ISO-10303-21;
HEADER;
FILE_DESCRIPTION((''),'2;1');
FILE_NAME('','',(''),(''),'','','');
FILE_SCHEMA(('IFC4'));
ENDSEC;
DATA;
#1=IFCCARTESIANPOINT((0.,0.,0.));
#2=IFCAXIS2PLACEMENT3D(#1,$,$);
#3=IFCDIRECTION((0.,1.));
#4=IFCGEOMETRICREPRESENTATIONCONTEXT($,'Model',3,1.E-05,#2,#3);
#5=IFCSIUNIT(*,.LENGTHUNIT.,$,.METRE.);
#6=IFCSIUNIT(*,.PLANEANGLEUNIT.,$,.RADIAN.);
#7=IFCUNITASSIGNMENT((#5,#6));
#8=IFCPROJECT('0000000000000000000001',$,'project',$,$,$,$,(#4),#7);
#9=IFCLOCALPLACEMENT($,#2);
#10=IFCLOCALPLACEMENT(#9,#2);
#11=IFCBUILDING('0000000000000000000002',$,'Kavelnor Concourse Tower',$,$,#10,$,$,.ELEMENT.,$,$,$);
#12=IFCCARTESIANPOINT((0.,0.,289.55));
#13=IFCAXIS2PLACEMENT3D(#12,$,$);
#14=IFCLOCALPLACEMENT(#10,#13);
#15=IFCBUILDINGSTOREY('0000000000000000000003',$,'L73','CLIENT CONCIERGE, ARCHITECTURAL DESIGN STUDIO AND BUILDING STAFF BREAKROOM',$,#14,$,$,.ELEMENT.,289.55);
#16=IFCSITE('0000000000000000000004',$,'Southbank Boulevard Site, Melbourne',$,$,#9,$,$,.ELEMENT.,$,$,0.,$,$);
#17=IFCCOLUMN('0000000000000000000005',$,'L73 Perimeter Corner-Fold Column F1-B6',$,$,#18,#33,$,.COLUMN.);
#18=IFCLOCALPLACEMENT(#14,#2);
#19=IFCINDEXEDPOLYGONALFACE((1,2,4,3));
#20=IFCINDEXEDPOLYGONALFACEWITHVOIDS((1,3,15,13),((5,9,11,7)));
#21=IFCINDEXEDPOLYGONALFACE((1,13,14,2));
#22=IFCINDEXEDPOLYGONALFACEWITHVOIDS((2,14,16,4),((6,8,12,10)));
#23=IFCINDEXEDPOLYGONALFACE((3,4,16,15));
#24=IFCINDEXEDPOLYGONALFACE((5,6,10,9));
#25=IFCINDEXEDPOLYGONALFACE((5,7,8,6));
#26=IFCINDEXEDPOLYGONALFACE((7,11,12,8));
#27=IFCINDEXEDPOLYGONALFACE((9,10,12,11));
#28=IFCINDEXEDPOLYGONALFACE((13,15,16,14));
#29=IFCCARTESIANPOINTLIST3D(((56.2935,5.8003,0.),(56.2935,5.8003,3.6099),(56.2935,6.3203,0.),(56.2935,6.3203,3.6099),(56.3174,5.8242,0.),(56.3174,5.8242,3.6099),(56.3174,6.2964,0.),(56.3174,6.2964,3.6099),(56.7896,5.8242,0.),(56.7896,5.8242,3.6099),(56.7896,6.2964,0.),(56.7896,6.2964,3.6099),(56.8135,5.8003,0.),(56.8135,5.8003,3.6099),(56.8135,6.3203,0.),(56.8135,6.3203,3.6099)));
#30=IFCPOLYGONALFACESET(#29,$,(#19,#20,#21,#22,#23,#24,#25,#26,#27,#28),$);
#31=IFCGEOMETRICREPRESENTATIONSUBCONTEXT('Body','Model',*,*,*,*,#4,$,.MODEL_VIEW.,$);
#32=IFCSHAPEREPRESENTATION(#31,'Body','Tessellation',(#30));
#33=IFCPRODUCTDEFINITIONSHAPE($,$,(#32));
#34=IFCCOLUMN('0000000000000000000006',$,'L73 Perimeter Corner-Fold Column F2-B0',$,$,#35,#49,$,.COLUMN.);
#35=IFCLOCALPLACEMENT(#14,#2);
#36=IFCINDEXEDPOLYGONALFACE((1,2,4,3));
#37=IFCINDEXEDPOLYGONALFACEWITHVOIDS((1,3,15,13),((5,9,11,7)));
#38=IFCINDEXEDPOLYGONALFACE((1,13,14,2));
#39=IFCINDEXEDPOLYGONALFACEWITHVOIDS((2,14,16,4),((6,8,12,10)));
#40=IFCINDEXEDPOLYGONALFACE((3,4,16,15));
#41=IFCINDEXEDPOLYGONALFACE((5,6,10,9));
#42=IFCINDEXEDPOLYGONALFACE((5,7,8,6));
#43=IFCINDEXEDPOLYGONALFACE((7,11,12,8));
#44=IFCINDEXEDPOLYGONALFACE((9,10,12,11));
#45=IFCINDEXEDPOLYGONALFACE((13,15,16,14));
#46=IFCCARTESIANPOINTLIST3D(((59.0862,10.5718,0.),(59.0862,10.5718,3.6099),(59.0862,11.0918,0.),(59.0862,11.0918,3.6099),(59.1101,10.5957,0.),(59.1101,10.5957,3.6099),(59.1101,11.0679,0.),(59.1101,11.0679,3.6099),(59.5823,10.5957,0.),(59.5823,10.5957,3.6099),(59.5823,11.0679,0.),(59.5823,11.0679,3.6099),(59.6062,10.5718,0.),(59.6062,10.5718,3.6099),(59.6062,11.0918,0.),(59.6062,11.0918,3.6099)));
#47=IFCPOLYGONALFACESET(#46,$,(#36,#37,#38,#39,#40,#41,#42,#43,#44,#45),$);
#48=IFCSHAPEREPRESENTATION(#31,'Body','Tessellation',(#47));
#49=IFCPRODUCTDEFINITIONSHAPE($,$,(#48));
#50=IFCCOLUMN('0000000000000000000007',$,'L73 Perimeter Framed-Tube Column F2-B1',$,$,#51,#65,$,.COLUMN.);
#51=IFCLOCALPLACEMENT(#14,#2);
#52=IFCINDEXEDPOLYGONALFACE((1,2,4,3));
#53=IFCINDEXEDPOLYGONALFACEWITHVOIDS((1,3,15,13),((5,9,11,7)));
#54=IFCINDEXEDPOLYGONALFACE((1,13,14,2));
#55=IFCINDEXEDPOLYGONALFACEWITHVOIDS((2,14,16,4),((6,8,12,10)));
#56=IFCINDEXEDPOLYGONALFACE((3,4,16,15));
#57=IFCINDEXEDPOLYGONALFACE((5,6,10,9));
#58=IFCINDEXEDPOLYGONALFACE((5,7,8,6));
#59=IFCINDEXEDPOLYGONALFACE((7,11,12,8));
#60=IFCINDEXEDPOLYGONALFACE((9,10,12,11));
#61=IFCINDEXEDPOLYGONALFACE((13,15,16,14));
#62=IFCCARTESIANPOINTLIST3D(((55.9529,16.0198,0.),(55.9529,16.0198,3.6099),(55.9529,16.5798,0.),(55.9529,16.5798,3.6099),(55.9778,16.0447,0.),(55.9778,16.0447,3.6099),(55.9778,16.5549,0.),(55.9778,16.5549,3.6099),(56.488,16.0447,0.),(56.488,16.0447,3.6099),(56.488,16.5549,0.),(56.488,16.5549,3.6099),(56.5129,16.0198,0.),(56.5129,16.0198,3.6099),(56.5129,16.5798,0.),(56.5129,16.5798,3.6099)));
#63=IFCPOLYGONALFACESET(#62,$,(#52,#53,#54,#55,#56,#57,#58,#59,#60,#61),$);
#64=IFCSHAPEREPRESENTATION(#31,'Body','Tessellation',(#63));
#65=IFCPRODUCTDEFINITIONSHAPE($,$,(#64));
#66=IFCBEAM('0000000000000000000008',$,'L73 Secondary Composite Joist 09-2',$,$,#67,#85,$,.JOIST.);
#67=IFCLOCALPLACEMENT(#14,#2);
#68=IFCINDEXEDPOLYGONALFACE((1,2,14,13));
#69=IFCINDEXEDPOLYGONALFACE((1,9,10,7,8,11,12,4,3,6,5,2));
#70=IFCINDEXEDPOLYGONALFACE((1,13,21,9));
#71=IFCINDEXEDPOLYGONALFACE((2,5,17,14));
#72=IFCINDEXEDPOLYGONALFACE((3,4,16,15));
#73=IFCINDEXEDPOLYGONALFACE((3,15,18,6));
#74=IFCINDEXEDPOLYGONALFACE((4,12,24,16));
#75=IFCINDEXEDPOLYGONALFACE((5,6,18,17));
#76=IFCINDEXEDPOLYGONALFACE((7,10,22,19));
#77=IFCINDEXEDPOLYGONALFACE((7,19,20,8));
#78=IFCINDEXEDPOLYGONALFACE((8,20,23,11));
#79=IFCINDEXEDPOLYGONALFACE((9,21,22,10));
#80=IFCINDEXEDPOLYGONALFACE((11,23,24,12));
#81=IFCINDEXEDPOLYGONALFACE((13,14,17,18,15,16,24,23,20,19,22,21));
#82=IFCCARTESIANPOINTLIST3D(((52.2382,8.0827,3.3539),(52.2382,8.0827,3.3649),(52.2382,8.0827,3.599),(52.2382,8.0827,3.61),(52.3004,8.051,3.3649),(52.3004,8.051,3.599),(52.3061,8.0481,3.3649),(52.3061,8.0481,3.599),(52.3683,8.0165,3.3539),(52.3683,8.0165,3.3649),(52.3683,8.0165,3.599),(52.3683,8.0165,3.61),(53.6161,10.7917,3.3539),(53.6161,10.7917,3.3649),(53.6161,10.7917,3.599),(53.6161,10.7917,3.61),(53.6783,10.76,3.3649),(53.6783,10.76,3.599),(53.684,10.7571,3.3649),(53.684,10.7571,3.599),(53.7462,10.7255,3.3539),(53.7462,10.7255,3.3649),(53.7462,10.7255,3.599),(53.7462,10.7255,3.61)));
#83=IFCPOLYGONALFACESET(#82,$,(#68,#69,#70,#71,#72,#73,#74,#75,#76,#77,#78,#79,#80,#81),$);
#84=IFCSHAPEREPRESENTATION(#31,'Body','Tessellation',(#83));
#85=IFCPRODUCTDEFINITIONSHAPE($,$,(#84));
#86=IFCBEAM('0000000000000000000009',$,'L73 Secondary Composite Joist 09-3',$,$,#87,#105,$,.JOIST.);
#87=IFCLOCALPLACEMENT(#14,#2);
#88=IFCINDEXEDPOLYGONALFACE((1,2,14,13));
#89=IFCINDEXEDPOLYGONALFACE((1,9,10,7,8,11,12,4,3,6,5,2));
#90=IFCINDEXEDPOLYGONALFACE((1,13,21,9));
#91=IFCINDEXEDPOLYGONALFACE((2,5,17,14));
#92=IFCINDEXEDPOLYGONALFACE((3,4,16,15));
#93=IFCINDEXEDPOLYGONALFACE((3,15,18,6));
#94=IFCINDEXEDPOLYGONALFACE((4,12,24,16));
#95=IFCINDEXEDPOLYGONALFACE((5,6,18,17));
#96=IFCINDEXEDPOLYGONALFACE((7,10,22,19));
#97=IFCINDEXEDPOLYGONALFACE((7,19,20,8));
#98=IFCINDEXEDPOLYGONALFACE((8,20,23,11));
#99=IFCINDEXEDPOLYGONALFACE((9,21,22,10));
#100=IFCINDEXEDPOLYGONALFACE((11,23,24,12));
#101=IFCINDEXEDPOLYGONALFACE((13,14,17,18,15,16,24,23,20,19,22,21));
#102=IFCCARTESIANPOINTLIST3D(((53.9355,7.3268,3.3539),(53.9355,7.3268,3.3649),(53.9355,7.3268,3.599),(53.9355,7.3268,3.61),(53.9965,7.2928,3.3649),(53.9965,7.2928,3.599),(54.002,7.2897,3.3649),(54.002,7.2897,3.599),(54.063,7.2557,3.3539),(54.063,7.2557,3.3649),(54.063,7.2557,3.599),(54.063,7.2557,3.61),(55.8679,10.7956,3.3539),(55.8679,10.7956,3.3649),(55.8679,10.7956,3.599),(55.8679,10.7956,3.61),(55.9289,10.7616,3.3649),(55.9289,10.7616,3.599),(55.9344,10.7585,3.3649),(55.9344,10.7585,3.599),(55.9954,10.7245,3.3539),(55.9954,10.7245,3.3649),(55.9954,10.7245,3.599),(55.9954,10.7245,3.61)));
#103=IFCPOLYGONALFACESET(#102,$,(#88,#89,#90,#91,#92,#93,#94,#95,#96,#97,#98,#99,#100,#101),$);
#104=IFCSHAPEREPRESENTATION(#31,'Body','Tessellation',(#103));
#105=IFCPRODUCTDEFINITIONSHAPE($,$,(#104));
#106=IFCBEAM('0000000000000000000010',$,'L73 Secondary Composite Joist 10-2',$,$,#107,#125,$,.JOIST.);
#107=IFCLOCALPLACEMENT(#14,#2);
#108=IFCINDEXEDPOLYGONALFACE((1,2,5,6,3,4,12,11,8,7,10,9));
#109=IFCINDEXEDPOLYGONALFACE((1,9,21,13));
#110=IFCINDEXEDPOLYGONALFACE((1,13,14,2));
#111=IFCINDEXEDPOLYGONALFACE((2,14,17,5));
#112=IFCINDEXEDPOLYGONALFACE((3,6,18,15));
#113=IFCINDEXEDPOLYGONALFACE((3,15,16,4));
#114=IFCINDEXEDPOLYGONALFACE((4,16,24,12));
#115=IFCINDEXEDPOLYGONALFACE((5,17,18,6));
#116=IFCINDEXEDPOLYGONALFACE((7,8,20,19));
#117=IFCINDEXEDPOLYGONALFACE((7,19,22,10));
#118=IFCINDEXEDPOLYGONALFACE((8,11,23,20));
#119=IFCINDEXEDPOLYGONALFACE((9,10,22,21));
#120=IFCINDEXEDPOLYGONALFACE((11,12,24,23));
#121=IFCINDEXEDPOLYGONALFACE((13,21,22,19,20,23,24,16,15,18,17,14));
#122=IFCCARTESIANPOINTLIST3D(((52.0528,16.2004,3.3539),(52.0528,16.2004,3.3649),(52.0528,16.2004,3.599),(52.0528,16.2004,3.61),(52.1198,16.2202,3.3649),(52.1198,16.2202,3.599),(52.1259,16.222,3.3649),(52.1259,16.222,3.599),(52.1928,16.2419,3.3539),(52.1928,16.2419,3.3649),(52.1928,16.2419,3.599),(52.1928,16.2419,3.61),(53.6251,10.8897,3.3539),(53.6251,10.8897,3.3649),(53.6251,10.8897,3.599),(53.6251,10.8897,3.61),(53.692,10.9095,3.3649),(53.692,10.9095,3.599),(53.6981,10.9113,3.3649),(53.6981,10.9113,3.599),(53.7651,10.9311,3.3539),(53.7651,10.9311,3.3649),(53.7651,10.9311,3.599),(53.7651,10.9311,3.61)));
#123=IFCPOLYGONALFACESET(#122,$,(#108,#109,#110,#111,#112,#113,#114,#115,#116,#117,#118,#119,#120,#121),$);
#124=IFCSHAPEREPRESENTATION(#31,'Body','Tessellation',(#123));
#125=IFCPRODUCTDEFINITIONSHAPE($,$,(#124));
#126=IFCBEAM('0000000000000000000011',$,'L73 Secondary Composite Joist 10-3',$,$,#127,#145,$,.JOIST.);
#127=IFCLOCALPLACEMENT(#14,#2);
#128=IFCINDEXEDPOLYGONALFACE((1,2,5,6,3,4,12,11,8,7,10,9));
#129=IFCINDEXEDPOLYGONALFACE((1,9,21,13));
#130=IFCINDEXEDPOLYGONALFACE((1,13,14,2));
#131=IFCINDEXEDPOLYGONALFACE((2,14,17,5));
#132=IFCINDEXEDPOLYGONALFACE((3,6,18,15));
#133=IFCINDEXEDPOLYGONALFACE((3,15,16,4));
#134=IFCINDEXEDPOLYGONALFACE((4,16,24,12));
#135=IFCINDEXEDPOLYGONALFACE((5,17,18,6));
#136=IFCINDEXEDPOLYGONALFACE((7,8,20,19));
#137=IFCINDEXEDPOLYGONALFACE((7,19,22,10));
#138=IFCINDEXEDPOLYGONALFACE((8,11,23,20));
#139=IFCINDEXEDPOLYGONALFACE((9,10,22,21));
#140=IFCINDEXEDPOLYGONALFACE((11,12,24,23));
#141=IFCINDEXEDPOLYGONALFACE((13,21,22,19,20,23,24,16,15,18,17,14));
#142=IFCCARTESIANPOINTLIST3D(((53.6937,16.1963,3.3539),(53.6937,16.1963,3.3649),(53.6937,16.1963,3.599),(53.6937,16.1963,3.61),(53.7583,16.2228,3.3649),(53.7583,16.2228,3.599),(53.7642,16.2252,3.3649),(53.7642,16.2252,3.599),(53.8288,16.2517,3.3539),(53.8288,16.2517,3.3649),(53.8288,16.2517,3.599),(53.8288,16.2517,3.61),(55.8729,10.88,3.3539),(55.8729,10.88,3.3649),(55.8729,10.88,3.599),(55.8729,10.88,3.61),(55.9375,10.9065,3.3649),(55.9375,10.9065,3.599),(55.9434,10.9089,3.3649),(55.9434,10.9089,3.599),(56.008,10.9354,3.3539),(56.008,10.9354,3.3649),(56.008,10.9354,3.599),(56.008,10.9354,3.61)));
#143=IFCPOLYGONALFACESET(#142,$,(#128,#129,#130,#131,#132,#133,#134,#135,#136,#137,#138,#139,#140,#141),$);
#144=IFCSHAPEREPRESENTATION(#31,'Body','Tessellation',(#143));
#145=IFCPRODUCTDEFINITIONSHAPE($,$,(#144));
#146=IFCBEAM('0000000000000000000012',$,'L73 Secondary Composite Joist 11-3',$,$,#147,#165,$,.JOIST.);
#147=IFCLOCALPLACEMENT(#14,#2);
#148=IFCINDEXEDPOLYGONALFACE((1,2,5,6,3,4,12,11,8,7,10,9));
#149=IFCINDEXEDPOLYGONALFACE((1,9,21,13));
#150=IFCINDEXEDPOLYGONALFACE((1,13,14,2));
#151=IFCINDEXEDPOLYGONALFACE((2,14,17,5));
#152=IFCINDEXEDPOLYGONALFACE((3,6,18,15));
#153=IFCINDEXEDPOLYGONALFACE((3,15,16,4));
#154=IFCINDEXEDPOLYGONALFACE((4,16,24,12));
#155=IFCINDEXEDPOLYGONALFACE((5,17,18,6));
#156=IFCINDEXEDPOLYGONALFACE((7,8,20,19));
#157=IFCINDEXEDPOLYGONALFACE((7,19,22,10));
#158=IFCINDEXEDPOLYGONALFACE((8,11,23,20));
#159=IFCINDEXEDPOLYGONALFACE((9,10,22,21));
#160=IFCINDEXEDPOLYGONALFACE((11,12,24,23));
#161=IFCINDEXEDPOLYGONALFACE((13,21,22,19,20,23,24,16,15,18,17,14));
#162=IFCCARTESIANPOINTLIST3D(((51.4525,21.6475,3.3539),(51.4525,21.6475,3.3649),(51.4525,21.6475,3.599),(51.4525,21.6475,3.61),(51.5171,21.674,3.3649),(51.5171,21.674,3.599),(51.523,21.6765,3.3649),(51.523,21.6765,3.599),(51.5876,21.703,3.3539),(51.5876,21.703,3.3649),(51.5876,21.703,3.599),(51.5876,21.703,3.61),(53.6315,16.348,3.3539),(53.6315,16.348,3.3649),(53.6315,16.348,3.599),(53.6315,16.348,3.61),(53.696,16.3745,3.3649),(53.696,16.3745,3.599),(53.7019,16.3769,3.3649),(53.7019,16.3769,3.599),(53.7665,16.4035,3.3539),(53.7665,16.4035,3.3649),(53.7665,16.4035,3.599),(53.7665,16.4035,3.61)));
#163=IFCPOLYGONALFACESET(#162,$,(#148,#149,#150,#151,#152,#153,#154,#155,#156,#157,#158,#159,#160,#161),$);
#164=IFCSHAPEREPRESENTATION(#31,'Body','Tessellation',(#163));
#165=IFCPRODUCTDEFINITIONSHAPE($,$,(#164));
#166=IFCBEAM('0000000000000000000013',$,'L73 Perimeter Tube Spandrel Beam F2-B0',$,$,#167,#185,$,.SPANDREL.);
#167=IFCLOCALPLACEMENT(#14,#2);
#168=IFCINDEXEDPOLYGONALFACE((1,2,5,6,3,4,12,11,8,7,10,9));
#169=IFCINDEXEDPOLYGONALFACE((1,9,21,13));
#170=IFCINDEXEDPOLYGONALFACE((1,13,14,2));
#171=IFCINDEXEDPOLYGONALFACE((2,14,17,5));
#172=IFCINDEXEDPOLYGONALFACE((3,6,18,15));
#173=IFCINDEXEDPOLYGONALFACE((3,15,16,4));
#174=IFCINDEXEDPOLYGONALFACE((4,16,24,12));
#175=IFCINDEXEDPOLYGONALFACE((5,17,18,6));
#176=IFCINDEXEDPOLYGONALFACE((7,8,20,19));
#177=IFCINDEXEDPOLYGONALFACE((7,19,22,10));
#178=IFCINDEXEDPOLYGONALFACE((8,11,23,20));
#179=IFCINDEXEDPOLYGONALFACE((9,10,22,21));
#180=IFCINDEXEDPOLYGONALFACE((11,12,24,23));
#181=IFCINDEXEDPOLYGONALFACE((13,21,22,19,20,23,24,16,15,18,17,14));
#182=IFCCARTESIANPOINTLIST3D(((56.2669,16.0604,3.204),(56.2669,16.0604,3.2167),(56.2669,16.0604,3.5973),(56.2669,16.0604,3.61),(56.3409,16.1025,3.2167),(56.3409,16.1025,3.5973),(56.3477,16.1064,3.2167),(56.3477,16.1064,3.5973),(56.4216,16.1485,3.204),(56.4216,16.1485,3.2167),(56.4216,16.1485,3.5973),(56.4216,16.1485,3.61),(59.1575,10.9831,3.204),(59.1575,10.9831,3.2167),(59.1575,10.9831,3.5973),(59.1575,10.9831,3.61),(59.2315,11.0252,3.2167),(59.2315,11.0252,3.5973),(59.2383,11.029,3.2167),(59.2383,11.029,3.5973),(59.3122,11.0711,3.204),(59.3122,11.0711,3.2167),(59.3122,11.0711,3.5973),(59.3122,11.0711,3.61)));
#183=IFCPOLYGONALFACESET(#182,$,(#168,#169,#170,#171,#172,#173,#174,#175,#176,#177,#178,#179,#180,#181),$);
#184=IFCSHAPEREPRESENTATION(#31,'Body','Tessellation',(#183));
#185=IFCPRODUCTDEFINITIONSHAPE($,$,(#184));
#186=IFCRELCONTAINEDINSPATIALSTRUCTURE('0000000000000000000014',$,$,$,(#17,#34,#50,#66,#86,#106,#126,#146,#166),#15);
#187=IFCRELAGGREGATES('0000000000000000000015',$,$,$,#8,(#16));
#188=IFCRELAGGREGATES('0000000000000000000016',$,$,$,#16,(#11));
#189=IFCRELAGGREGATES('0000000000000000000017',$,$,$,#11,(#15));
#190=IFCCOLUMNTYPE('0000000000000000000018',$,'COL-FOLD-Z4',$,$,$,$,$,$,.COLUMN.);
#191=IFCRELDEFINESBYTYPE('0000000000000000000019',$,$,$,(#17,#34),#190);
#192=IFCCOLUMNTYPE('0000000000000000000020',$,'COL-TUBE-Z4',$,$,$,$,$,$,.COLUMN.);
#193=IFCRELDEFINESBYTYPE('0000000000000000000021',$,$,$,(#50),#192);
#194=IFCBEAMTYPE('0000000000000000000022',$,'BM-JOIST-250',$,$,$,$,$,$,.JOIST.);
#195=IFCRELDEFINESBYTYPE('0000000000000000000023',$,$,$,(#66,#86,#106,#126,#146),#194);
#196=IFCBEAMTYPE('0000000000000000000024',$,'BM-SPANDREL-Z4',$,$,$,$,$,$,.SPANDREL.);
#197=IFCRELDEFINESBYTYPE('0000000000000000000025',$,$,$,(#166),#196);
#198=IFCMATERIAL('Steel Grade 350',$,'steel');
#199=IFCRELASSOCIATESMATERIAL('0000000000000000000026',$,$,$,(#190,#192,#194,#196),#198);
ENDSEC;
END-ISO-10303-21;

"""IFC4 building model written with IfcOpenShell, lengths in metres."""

from ifc_helpers import new_model, si_unit, direction, frame, origin, origin_2d, place, context, subcontext, project, spatial, hollow_rectangle, i_section, extrude, material, material_profile, profile_set, type_object, element, save


model = new_model("IFC4")

# Units and contexts
model_context = context("Model", 3, precision=1e-05, world=origin(), true_north=direction((0.0, 1.0)))
body_context = subcontext(model_context, "Body", "Model", "MODEL_VIEW")
ifc_project = project(units=[si_unit("LENGTHUNIT", "METRE"), si_unit("PLANEANGLEUNIT", "RADIAN")], contexts=[model_context])

# Site, building, storey
site_placement = place(None, origin())
site = spatial("IfcSite", under=ifc_project, at=site_placement, Name="Southbank Boulevard Site, Melbourne", CompositionType="ELEMENT", RefElevation=0.0)
building_placement = place(site_placement, origin())
building = spatial("IfcBuilding", under=site, at=building_placement, Name="Kavelnor Concourse Tower", CompositionType="ELEMENT")
storey_placement = place(building_placement, frame((0.0, 0.0, 289.55)))
storey = spatial("IfcBuildingStorey", under=building, at=storey_placement, Name="L73", Description="CLIENT CONCIERGE, ARCHITECTURAL DESIGN STUDIO AND BUILDING STAFF BREAKROOM", CompositionType="ELEMENT", Elevation=289.55)

# Columns
ifc_material_1 = material(Name="Steel Grade 350", Category="steel")
ifc_material_profile_1 = material_profile(ifc_material_1, hollow_rectangle(XDim=0.52, YDim=0.52, WallThickness=0.0239, at=origin_2d()), Name="SHS 520x520x24")
ifc_profile_set_1 = profile_set([ifc_material_profile_1], Name="Steel Grade 350")
column_type_1 = type_object("IfcColumnType", Name="COL-FOLD-Z4", PredefinedType="COLUMN", material=ifc_profile_set_1)
for number, where, z_axis, x_axis, name in (
    (1, (56.5535, 6.0603, 0.0), (0.0, 0.0, 1.0), (1.0, 0.0, 0.0), "L73 Perimeter Corner-Fold Column F1-B6"),
    (2, (59.3462, 10.8318, 0.0), (0.0, 0.0, 1.0), (1.0, 0.0, 0.0), "L73 Perimeter Corner-Fold Column F2-B0"),
):
    element("IfcColumn", number, at=place(storey_placement, frame(where, z_axis=z_axis, x_axis=x_axis)), inside=storey, type_object=column_type_1, Name=name, PredefinedType="COLUMN", context=body_context, shape_type="SweptSolid", body=[
        extrude(hollow_rectangle(XDim=0.52, YDim=0.52, WallThickness=0.0239, at=origin_2d()), origin(), (0.0, 0.0, 1.0), 3.6099),
    ])
ifc_material_profile_2 = material_profile(ifc_material_1, hollow_rectangle(XDim=0.5601, YDim=0.5601, WallThickness=0.0249, at=origin_2d()), Name="SHS 560x560x25")
ifc_profile_set_2 = profile_set([ifc_material_profile_2], Name="Steel Grade 350")
column_type_2 = type_object("IfcColumnType", Name="COL-TUBE-Z4", PredefinedType="COLUMN", material=ifc_profile_set_2)
column_placement = place(storey_placement, frame((56.2329, 16.2998, 0.0), z_axis=(0.0, 0.0, 1.0), x_axis=(1.0, 0.0, 0.0)))
element("IfcColumn", 3, at=column_placement, inside=storey, type_object=column_type_2, Name="L73 Perimeter Framed-Tube Column F2-B1", PredefinedType="COLUMN", context=body_context, shape_type="SweptSolid", body=[
    extrude(hollow_rectangle(XDim=0.5601, YDim=0.5601, WallThickness=0.0249, at=origin_2d()), origin(), (0.0, 0.0, 1.0), 3.6099),
])

# Beams
ifc_material_profile_3 = material_profile(ifc_material_1, i_section(OverallWidth=0.146, OverallDepth=0.2561, WebThickness=0.0063, FlangeThickness=0.011, at=origin_2d()), Name="250UB37")
ifc_profile_set_3 = profile_set([ifc_material_profile_3], Name="Steel Grade 350")
beam_type_1 = type_object("IfcBeamType", Name="BM-JOIST-250", PredefinedType="JOIST", material=ifc_profile_set_3)
beam_1_placement = place(storey_placement, frame((52.3032, 8.0496, 3.4819), z_axis=(0.453372, 0.891321, 0.0), x_axis=(-0.891321, 0.453372, 0.0)))
element("IfcBeam", 4, at=beam_1_placement, inside=storey, type_object=beam_type_1, Name="L73 Secondary Composite Joist 09-2", PredefinedType="JOIST", context=body_context, shape_type="SweptSolid", body=[
    extrude(i_section(OverallWidth=0.146, OverallDepth=0.2561, WebThickness=0.0063, FlangeThickness=0.011, at=origin_2d()), origin(), (0.0, 0.0, 1.0), 3.0393),
])
beam_2_placement = place(storey_placement, frame((53.9993, 7.2913, 3.4819), z_axis=(0.486661, 0.873591, 0.0), x_axis=(-0.873591, 0.486661, 0.0)))
element("IfcBeam", 5, at=beam_2_placement, inside=storey, type_object=beam_type_1, Name="L73 Secondary Composite Joist 09-3", PredefinedType="JOIST", context=body_context, shape_type="SweptSolid", body=[
    extrude(i_section(OverallWidth=0.146, OverallDepth=0.2561, WebThickness=0.0063, FlangeThickness=0.011, at=origin_2d()), origin(), (0.0, 0.0, 1.0), 3.9707),
])
beam_3_placement = place(storey_placement, frame((53.6951, 10.9104, 3.4819), z_axis=(-0.283872, 0.958862, 0.0), x_axis=(-0.958862, -0.283872, 0.0)))
element("IfcBeam", 6, at=beam_3_placement, inside=storey, type_object=beam_type_1, Name="L73 Secondary Composite Joist 10-2", PredefinedType="JOIST", context=body_context, shape_type="SweptSolid", body=[
    extrude(i_section(OverallWidth=0.146, OverallDepth=0.2561, WebThickness=0.0063, FlangeThickness=0.011, at=origin_2d()), origin(), (0.0, 0.0, 1.0), 5.5386),
])
beam_4_placement = place(storey_placement, frame((55.9404, 10.9077, 3.4819), z_axis=(-0.379275, 0.925284, 0.0), x_axis=(-0.925284, -0.379275, 0.0)))
element("IfcBeam", 7, at=beam_4_placement, inside=storey, type_object=beam_type_1, Name="L73 Secondary Composite Joist 10-3", PredefinedType="JOIST", context=body_context, shape_type="SweptSolid", body=[
    extrude(i_section(OverallWidth=0.146, OverallDepth=0.2561, WebThickness=0.0063, FlangeThickness=0.011, at=origin_2d()), origin(), (0.0, 0.0, 1.0), 5.7456),
])
beam_5_placement = place(storey_placement, frame((53.699, 16.3757, 3.4819), z_axis=(-0.38027, 0.924876, 0.0), x_axis=(-0.924876, -0.38027, 0.0)))
element("IfcBeam", 8, at=beam_5_placement, inside=storey, type_object=beam_type_1, Name="L73 Secondary Composite Joist 11-3", PredefinedType="JOIST", context=body_context, shape_type="SweptSolid", body=[
    extrude(i_section(OverallWidth=0.146, OverallDepth=0.2561, WebThickness=0.0063, FlangeThickness=0.011, at=origin_2d()), origin(), (0.0, 0.0, 1.0), 5.73),
])
ifc_material_profile_4 = material_profile(ifc_material_1, i_section(OverallWidth=0.178, OverallDepth=0.406, WebThickness=0.0078, FlangeThickness=0.0127, at=origin_2d()), Name="410UB59")
ifc_profile_set_4 = profile_set([ifc_material_profile_4], Name="Steel Grade 350")
beam_type_2 = type_object("IfcBeamType", Name="BM-SPANDREL-Z4", PredefinedType="SPANDREL", material=ifc_profile_set_4)
beam_6_placement = place(storey_placement, frame((59.2349, 11.0271, 3.407), z_axis=(-0.494752, 0.869034, 0.0), x_axis=(-0.869034, -0.494752, 0.0)))
element("IfcBeam", 9, at=beam_6_placement, inside=storey, type_object=beam_type_2, Name="L73 Perimeter Tube Spandrel Beam F2-B0", PredefinedType="SPANDREL", context=body_context, shape_type="SweptSolid", body=[
    extrude(i_section(OverallWidth=0.178, OverallDepth=0.406, WebThickness=0.0078, FlangeThickness=0.0127, at=origin_2d()), origin(), (0.0, 0.0, 1.0), 5.8425),
])

save(model, "model.ifc")
